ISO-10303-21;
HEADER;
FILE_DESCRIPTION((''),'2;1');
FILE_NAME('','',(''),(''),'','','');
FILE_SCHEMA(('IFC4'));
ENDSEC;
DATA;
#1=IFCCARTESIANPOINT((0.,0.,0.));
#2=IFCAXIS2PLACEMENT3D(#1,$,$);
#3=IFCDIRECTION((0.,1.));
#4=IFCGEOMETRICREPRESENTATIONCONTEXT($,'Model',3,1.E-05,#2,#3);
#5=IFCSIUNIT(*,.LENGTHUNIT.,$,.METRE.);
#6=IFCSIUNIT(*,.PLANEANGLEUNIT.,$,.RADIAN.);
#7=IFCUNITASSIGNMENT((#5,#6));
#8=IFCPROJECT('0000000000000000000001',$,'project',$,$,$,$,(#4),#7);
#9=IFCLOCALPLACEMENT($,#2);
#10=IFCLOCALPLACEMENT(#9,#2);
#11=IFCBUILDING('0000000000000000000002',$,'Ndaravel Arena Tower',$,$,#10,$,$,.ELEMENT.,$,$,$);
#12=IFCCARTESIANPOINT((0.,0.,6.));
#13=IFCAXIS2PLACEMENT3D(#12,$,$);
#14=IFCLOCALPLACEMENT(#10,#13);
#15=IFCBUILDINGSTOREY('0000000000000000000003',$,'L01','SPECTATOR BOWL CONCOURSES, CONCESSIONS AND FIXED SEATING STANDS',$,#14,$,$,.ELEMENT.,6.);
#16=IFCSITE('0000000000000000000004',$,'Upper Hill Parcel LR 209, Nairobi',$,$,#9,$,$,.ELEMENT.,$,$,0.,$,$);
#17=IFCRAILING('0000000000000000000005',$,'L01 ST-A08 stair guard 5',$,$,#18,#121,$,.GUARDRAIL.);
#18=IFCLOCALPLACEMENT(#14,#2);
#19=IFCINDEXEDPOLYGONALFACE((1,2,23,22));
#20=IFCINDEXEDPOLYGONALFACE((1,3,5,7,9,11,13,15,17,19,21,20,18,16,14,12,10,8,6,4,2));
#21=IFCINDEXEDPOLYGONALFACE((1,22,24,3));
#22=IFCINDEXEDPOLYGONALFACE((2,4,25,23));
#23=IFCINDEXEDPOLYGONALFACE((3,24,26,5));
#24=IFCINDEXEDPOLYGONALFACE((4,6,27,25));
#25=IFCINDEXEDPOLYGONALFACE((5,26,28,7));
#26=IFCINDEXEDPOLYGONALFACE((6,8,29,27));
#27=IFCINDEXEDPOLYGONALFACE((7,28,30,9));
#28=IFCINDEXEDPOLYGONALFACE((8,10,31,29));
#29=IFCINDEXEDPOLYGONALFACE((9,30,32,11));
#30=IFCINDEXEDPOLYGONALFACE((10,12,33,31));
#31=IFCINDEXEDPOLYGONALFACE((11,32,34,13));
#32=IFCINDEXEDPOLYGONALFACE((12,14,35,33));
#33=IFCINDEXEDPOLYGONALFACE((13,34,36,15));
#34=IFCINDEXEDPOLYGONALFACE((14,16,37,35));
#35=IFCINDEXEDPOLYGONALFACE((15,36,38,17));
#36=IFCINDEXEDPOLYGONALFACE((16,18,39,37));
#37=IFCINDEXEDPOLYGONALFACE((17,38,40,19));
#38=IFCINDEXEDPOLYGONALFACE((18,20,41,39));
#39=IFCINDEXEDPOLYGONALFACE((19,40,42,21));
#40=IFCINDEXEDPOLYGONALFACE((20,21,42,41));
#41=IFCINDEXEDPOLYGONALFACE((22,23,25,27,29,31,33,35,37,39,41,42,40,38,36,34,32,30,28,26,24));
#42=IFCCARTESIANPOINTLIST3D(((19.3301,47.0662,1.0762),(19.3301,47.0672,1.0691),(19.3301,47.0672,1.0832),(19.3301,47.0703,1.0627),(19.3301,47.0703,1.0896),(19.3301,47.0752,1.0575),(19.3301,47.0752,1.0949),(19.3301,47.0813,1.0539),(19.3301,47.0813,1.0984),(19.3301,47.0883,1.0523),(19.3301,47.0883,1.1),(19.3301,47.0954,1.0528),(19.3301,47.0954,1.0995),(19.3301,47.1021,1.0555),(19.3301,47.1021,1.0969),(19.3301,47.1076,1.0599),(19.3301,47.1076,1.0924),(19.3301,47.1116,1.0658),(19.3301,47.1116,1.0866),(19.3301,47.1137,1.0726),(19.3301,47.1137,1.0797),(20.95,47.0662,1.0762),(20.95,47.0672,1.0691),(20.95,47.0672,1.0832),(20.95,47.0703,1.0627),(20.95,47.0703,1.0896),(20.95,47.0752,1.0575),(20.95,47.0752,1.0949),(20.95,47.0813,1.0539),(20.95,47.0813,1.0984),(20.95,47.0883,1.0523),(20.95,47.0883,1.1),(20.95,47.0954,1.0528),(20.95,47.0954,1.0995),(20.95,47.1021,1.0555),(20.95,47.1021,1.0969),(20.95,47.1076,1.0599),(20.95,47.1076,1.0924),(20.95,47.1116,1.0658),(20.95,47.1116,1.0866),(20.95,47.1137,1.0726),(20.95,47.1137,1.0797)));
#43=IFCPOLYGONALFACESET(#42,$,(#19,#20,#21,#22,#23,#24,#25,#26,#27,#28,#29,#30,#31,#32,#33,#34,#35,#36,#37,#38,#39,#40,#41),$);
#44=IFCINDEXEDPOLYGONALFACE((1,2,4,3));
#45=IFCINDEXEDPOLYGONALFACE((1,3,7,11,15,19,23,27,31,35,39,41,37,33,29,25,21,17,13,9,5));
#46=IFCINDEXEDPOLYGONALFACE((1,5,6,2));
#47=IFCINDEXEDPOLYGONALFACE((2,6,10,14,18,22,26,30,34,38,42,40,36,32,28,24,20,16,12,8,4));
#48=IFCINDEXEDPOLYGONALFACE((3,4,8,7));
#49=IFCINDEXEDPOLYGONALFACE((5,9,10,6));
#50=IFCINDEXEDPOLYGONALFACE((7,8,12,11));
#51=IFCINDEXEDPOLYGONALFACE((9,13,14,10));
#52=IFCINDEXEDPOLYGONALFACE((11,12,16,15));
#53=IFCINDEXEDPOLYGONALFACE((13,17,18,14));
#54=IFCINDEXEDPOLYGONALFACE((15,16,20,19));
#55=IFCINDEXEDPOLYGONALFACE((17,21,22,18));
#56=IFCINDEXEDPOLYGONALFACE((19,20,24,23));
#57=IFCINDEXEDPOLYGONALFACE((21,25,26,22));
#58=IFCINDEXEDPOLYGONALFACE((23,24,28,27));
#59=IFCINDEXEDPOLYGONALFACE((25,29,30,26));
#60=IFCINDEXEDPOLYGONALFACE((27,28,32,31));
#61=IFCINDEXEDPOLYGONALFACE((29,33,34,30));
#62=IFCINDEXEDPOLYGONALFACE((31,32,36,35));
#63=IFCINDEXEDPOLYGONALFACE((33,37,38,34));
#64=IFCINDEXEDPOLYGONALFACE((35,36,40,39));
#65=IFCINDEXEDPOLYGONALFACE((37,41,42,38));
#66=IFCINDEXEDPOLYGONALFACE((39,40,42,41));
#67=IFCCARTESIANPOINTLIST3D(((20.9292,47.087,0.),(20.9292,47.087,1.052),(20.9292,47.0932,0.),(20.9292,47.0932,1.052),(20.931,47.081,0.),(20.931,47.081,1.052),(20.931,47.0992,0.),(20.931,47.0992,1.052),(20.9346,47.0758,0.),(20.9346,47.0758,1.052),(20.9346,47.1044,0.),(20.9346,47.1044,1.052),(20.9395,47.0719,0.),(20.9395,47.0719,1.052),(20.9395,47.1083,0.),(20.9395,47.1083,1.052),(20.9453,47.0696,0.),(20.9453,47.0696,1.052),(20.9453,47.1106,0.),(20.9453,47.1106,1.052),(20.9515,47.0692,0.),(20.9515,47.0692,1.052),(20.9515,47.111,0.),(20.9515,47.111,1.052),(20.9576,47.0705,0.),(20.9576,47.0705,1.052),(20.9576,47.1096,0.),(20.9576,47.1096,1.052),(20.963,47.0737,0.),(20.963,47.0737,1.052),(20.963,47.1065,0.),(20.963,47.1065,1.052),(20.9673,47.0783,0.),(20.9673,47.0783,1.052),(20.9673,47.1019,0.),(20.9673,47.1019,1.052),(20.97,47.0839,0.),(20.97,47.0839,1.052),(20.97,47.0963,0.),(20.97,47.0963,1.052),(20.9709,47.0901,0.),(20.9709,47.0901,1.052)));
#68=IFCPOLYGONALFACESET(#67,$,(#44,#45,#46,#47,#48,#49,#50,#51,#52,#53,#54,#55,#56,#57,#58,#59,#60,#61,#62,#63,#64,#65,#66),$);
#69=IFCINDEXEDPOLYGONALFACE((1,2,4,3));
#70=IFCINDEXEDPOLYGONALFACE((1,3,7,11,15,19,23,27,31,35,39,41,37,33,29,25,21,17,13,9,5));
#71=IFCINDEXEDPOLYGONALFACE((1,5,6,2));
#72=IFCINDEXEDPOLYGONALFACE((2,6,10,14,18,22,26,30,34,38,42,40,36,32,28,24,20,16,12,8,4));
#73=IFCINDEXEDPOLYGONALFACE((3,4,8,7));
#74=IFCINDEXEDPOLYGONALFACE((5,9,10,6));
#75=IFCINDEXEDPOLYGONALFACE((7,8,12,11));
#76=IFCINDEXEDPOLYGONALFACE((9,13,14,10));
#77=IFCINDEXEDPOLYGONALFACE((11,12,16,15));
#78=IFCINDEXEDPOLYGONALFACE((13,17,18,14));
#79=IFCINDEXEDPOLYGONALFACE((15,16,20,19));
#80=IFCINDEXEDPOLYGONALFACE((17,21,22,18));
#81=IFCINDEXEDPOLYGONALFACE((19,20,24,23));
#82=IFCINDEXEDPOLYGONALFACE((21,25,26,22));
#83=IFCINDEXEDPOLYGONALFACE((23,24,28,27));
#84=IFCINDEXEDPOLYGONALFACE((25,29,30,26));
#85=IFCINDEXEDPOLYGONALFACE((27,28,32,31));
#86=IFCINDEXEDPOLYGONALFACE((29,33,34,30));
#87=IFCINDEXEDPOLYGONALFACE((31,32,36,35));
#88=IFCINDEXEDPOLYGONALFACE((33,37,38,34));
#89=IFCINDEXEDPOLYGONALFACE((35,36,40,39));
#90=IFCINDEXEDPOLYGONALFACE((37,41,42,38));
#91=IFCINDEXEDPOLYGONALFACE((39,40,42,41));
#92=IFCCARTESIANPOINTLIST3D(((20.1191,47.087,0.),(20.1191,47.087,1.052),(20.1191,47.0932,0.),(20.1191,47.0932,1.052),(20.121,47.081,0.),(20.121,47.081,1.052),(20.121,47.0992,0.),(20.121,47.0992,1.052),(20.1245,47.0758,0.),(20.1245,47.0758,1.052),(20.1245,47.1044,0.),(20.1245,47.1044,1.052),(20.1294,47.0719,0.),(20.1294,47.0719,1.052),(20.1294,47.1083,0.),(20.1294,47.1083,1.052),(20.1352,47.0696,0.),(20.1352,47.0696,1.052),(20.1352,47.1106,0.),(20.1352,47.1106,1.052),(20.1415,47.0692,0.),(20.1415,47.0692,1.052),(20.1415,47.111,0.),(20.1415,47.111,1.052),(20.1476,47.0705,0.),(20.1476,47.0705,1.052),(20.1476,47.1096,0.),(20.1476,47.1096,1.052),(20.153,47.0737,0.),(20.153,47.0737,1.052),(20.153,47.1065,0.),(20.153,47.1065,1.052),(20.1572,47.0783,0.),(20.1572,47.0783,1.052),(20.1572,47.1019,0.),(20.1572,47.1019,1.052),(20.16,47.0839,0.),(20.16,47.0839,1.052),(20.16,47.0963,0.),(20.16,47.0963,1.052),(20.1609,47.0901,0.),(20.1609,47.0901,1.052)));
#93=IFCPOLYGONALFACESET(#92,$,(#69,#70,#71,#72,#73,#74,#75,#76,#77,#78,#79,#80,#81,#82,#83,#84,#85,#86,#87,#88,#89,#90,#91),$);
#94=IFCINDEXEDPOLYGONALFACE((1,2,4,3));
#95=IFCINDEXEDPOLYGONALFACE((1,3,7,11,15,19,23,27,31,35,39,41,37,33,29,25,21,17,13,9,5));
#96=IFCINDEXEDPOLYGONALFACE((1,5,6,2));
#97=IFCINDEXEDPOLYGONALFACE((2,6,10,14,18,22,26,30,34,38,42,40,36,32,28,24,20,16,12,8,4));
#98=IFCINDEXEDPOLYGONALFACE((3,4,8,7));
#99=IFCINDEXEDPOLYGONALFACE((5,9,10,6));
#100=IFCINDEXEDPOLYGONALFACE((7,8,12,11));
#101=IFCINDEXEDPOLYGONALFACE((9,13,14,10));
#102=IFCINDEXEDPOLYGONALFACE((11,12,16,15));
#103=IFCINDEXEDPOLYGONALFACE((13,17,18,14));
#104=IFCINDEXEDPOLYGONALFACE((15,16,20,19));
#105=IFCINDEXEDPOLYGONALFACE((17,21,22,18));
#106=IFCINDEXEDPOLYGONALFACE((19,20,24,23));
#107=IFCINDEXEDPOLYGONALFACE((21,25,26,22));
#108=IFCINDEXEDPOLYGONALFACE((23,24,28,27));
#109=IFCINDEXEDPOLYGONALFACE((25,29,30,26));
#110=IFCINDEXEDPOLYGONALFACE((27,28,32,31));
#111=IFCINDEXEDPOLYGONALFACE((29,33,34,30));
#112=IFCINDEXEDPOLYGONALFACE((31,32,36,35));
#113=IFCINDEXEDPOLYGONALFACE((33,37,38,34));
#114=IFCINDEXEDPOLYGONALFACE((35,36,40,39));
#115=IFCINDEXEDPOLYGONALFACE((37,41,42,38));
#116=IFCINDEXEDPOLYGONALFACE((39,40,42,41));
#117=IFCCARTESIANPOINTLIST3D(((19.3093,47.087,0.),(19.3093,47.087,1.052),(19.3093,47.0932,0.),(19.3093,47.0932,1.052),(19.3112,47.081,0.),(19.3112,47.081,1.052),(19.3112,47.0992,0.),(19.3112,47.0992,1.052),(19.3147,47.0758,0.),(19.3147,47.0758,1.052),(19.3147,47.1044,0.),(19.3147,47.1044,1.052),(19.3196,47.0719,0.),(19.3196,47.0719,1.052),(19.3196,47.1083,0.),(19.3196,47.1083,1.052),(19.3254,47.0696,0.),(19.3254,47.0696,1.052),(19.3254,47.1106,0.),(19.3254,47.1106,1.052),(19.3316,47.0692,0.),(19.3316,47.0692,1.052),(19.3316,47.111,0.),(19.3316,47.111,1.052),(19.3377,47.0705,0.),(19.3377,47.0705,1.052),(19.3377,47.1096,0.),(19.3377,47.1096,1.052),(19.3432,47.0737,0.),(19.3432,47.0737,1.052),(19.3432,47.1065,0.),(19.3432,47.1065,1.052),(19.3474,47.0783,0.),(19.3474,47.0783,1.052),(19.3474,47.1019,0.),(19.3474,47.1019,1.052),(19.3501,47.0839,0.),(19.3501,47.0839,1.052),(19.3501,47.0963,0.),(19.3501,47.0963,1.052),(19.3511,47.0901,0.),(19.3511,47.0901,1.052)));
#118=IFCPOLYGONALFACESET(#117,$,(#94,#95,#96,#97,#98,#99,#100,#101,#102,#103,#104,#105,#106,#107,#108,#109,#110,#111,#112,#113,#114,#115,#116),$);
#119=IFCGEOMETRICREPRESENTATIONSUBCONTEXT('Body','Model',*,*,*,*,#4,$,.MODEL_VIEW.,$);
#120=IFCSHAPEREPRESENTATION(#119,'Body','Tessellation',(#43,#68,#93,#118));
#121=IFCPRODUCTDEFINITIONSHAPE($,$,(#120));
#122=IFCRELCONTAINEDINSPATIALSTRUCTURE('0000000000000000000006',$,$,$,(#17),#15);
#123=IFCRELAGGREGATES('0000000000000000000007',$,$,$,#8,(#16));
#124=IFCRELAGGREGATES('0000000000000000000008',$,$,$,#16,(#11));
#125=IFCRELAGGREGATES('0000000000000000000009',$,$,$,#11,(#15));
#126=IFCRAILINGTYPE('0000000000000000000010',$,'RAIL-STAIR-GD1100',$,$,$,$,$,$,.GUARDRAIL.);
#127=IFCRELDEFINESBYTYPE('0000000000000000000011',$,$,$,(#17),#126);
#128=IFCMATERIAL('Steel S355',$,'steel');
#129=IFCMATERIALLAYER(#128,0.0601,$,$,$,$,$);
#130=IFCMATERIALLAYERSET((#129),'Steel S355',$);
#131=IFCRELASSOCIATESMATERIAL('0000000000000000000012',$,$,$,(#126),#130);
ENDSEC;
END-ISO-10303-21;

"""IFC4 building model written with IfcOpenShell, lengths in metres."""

from ifc_helpers import new_model, si_unit, direction, frame, origin, origin_2d, place, context, subcontext, project, spatial, circle, extrude, material, layer, layer_set, type_object, element, save


model = new_model("IFC4")

# Units and contexts
model_context = context("Model", 3, precision=1e-05, world=origin(), true_north=direction((0.0, 1.0)))
body_context = subcontext(model_context, "Body", "Model", "MODEL_VIEW")
ifc_project = project(units=[si_unit("LENGTHUNIT", "METRE"), si_unit("PLANEANGLEUNIT", "RADIAN")], contexts=[model_context])

# Site, building, storey
site_placement = place(None, origin())
site = spatial("IfcSite", under=ifc_project, at=site_placement, Name="Upper Hill Parcel LR 209, Nairobi", CompositionType="ELEMENT", RefElevation=0.0)
building_placement = place(site_placement, origin())
building = spatial("IfcBuilding", under=site, at=building_placement, Name="Ndaravel Arena Tower", CompositionType="ELEMENT")
storey_placement = place(building_placement, frame((0.0, 0.0, 6.0)))
storey = spatial("IfcBuildingStorey", under=building, at=storey_placement, Name="L01", Description="SPECTATOR BOWL CONCOURSES, CONCESSIONS AND FIXED SEATING STANDS", CompositionType="ELEMENT", Elevation=6.0)

# Railing
ifc_material_1 = material(Name="Steel S355", Category="steel")
ifc_layer_1 = layer(ifc_material_1, 0.0601)
ifc_layer_set_1 = layer_set([ifc_layer_1], Name="Steel S355")
railing_type_1 = type_object("IfcRailingType", Name="RAIL-STAIR-GD1100", PredefinedType="GUARDRAIL", material=ifc_layer_set_1)
for number, where, name in (
    (1, (20.95, 47.0901, 0.0), "L01 ST-A08 stair guard 5"),
):
    element("IfcRailing", number, at=place(storey_placement, frame(where)), inside=storey, type_object=railing_type_1, Name=name, PredefinedType="GUARDRAIL", context=body_context, shape_type="SweptSolid", body=[
        extrude(circle(Radius=0.0239, at=origin_2d()), frame((0.0, 0.0, 1.0762), z_axis=(-1.0, 0.0, 0.0), x_axis=(0.0, -1.0, 0.0)), (0.0, 0.0, 1.0), 1.6199),
        extrude(circle(Radius=0.021, at=origin_2d()), origin(), (0.0, 0.0, 1.0), 1.052),
        extrude(circle(Radius=0.021, at=origin_2d()), frame((-0.8101, 0.0, 0.0)), (0.0, 0.0, 1.0), 1.052),
        extrude(circle(Radius=0.021, at=origin_2d()), frame((-1.6199, 0.0, 0.0)), (0.0, 0.0, 1.0), 1.052),
    ])

save(model, "model.ifc")
